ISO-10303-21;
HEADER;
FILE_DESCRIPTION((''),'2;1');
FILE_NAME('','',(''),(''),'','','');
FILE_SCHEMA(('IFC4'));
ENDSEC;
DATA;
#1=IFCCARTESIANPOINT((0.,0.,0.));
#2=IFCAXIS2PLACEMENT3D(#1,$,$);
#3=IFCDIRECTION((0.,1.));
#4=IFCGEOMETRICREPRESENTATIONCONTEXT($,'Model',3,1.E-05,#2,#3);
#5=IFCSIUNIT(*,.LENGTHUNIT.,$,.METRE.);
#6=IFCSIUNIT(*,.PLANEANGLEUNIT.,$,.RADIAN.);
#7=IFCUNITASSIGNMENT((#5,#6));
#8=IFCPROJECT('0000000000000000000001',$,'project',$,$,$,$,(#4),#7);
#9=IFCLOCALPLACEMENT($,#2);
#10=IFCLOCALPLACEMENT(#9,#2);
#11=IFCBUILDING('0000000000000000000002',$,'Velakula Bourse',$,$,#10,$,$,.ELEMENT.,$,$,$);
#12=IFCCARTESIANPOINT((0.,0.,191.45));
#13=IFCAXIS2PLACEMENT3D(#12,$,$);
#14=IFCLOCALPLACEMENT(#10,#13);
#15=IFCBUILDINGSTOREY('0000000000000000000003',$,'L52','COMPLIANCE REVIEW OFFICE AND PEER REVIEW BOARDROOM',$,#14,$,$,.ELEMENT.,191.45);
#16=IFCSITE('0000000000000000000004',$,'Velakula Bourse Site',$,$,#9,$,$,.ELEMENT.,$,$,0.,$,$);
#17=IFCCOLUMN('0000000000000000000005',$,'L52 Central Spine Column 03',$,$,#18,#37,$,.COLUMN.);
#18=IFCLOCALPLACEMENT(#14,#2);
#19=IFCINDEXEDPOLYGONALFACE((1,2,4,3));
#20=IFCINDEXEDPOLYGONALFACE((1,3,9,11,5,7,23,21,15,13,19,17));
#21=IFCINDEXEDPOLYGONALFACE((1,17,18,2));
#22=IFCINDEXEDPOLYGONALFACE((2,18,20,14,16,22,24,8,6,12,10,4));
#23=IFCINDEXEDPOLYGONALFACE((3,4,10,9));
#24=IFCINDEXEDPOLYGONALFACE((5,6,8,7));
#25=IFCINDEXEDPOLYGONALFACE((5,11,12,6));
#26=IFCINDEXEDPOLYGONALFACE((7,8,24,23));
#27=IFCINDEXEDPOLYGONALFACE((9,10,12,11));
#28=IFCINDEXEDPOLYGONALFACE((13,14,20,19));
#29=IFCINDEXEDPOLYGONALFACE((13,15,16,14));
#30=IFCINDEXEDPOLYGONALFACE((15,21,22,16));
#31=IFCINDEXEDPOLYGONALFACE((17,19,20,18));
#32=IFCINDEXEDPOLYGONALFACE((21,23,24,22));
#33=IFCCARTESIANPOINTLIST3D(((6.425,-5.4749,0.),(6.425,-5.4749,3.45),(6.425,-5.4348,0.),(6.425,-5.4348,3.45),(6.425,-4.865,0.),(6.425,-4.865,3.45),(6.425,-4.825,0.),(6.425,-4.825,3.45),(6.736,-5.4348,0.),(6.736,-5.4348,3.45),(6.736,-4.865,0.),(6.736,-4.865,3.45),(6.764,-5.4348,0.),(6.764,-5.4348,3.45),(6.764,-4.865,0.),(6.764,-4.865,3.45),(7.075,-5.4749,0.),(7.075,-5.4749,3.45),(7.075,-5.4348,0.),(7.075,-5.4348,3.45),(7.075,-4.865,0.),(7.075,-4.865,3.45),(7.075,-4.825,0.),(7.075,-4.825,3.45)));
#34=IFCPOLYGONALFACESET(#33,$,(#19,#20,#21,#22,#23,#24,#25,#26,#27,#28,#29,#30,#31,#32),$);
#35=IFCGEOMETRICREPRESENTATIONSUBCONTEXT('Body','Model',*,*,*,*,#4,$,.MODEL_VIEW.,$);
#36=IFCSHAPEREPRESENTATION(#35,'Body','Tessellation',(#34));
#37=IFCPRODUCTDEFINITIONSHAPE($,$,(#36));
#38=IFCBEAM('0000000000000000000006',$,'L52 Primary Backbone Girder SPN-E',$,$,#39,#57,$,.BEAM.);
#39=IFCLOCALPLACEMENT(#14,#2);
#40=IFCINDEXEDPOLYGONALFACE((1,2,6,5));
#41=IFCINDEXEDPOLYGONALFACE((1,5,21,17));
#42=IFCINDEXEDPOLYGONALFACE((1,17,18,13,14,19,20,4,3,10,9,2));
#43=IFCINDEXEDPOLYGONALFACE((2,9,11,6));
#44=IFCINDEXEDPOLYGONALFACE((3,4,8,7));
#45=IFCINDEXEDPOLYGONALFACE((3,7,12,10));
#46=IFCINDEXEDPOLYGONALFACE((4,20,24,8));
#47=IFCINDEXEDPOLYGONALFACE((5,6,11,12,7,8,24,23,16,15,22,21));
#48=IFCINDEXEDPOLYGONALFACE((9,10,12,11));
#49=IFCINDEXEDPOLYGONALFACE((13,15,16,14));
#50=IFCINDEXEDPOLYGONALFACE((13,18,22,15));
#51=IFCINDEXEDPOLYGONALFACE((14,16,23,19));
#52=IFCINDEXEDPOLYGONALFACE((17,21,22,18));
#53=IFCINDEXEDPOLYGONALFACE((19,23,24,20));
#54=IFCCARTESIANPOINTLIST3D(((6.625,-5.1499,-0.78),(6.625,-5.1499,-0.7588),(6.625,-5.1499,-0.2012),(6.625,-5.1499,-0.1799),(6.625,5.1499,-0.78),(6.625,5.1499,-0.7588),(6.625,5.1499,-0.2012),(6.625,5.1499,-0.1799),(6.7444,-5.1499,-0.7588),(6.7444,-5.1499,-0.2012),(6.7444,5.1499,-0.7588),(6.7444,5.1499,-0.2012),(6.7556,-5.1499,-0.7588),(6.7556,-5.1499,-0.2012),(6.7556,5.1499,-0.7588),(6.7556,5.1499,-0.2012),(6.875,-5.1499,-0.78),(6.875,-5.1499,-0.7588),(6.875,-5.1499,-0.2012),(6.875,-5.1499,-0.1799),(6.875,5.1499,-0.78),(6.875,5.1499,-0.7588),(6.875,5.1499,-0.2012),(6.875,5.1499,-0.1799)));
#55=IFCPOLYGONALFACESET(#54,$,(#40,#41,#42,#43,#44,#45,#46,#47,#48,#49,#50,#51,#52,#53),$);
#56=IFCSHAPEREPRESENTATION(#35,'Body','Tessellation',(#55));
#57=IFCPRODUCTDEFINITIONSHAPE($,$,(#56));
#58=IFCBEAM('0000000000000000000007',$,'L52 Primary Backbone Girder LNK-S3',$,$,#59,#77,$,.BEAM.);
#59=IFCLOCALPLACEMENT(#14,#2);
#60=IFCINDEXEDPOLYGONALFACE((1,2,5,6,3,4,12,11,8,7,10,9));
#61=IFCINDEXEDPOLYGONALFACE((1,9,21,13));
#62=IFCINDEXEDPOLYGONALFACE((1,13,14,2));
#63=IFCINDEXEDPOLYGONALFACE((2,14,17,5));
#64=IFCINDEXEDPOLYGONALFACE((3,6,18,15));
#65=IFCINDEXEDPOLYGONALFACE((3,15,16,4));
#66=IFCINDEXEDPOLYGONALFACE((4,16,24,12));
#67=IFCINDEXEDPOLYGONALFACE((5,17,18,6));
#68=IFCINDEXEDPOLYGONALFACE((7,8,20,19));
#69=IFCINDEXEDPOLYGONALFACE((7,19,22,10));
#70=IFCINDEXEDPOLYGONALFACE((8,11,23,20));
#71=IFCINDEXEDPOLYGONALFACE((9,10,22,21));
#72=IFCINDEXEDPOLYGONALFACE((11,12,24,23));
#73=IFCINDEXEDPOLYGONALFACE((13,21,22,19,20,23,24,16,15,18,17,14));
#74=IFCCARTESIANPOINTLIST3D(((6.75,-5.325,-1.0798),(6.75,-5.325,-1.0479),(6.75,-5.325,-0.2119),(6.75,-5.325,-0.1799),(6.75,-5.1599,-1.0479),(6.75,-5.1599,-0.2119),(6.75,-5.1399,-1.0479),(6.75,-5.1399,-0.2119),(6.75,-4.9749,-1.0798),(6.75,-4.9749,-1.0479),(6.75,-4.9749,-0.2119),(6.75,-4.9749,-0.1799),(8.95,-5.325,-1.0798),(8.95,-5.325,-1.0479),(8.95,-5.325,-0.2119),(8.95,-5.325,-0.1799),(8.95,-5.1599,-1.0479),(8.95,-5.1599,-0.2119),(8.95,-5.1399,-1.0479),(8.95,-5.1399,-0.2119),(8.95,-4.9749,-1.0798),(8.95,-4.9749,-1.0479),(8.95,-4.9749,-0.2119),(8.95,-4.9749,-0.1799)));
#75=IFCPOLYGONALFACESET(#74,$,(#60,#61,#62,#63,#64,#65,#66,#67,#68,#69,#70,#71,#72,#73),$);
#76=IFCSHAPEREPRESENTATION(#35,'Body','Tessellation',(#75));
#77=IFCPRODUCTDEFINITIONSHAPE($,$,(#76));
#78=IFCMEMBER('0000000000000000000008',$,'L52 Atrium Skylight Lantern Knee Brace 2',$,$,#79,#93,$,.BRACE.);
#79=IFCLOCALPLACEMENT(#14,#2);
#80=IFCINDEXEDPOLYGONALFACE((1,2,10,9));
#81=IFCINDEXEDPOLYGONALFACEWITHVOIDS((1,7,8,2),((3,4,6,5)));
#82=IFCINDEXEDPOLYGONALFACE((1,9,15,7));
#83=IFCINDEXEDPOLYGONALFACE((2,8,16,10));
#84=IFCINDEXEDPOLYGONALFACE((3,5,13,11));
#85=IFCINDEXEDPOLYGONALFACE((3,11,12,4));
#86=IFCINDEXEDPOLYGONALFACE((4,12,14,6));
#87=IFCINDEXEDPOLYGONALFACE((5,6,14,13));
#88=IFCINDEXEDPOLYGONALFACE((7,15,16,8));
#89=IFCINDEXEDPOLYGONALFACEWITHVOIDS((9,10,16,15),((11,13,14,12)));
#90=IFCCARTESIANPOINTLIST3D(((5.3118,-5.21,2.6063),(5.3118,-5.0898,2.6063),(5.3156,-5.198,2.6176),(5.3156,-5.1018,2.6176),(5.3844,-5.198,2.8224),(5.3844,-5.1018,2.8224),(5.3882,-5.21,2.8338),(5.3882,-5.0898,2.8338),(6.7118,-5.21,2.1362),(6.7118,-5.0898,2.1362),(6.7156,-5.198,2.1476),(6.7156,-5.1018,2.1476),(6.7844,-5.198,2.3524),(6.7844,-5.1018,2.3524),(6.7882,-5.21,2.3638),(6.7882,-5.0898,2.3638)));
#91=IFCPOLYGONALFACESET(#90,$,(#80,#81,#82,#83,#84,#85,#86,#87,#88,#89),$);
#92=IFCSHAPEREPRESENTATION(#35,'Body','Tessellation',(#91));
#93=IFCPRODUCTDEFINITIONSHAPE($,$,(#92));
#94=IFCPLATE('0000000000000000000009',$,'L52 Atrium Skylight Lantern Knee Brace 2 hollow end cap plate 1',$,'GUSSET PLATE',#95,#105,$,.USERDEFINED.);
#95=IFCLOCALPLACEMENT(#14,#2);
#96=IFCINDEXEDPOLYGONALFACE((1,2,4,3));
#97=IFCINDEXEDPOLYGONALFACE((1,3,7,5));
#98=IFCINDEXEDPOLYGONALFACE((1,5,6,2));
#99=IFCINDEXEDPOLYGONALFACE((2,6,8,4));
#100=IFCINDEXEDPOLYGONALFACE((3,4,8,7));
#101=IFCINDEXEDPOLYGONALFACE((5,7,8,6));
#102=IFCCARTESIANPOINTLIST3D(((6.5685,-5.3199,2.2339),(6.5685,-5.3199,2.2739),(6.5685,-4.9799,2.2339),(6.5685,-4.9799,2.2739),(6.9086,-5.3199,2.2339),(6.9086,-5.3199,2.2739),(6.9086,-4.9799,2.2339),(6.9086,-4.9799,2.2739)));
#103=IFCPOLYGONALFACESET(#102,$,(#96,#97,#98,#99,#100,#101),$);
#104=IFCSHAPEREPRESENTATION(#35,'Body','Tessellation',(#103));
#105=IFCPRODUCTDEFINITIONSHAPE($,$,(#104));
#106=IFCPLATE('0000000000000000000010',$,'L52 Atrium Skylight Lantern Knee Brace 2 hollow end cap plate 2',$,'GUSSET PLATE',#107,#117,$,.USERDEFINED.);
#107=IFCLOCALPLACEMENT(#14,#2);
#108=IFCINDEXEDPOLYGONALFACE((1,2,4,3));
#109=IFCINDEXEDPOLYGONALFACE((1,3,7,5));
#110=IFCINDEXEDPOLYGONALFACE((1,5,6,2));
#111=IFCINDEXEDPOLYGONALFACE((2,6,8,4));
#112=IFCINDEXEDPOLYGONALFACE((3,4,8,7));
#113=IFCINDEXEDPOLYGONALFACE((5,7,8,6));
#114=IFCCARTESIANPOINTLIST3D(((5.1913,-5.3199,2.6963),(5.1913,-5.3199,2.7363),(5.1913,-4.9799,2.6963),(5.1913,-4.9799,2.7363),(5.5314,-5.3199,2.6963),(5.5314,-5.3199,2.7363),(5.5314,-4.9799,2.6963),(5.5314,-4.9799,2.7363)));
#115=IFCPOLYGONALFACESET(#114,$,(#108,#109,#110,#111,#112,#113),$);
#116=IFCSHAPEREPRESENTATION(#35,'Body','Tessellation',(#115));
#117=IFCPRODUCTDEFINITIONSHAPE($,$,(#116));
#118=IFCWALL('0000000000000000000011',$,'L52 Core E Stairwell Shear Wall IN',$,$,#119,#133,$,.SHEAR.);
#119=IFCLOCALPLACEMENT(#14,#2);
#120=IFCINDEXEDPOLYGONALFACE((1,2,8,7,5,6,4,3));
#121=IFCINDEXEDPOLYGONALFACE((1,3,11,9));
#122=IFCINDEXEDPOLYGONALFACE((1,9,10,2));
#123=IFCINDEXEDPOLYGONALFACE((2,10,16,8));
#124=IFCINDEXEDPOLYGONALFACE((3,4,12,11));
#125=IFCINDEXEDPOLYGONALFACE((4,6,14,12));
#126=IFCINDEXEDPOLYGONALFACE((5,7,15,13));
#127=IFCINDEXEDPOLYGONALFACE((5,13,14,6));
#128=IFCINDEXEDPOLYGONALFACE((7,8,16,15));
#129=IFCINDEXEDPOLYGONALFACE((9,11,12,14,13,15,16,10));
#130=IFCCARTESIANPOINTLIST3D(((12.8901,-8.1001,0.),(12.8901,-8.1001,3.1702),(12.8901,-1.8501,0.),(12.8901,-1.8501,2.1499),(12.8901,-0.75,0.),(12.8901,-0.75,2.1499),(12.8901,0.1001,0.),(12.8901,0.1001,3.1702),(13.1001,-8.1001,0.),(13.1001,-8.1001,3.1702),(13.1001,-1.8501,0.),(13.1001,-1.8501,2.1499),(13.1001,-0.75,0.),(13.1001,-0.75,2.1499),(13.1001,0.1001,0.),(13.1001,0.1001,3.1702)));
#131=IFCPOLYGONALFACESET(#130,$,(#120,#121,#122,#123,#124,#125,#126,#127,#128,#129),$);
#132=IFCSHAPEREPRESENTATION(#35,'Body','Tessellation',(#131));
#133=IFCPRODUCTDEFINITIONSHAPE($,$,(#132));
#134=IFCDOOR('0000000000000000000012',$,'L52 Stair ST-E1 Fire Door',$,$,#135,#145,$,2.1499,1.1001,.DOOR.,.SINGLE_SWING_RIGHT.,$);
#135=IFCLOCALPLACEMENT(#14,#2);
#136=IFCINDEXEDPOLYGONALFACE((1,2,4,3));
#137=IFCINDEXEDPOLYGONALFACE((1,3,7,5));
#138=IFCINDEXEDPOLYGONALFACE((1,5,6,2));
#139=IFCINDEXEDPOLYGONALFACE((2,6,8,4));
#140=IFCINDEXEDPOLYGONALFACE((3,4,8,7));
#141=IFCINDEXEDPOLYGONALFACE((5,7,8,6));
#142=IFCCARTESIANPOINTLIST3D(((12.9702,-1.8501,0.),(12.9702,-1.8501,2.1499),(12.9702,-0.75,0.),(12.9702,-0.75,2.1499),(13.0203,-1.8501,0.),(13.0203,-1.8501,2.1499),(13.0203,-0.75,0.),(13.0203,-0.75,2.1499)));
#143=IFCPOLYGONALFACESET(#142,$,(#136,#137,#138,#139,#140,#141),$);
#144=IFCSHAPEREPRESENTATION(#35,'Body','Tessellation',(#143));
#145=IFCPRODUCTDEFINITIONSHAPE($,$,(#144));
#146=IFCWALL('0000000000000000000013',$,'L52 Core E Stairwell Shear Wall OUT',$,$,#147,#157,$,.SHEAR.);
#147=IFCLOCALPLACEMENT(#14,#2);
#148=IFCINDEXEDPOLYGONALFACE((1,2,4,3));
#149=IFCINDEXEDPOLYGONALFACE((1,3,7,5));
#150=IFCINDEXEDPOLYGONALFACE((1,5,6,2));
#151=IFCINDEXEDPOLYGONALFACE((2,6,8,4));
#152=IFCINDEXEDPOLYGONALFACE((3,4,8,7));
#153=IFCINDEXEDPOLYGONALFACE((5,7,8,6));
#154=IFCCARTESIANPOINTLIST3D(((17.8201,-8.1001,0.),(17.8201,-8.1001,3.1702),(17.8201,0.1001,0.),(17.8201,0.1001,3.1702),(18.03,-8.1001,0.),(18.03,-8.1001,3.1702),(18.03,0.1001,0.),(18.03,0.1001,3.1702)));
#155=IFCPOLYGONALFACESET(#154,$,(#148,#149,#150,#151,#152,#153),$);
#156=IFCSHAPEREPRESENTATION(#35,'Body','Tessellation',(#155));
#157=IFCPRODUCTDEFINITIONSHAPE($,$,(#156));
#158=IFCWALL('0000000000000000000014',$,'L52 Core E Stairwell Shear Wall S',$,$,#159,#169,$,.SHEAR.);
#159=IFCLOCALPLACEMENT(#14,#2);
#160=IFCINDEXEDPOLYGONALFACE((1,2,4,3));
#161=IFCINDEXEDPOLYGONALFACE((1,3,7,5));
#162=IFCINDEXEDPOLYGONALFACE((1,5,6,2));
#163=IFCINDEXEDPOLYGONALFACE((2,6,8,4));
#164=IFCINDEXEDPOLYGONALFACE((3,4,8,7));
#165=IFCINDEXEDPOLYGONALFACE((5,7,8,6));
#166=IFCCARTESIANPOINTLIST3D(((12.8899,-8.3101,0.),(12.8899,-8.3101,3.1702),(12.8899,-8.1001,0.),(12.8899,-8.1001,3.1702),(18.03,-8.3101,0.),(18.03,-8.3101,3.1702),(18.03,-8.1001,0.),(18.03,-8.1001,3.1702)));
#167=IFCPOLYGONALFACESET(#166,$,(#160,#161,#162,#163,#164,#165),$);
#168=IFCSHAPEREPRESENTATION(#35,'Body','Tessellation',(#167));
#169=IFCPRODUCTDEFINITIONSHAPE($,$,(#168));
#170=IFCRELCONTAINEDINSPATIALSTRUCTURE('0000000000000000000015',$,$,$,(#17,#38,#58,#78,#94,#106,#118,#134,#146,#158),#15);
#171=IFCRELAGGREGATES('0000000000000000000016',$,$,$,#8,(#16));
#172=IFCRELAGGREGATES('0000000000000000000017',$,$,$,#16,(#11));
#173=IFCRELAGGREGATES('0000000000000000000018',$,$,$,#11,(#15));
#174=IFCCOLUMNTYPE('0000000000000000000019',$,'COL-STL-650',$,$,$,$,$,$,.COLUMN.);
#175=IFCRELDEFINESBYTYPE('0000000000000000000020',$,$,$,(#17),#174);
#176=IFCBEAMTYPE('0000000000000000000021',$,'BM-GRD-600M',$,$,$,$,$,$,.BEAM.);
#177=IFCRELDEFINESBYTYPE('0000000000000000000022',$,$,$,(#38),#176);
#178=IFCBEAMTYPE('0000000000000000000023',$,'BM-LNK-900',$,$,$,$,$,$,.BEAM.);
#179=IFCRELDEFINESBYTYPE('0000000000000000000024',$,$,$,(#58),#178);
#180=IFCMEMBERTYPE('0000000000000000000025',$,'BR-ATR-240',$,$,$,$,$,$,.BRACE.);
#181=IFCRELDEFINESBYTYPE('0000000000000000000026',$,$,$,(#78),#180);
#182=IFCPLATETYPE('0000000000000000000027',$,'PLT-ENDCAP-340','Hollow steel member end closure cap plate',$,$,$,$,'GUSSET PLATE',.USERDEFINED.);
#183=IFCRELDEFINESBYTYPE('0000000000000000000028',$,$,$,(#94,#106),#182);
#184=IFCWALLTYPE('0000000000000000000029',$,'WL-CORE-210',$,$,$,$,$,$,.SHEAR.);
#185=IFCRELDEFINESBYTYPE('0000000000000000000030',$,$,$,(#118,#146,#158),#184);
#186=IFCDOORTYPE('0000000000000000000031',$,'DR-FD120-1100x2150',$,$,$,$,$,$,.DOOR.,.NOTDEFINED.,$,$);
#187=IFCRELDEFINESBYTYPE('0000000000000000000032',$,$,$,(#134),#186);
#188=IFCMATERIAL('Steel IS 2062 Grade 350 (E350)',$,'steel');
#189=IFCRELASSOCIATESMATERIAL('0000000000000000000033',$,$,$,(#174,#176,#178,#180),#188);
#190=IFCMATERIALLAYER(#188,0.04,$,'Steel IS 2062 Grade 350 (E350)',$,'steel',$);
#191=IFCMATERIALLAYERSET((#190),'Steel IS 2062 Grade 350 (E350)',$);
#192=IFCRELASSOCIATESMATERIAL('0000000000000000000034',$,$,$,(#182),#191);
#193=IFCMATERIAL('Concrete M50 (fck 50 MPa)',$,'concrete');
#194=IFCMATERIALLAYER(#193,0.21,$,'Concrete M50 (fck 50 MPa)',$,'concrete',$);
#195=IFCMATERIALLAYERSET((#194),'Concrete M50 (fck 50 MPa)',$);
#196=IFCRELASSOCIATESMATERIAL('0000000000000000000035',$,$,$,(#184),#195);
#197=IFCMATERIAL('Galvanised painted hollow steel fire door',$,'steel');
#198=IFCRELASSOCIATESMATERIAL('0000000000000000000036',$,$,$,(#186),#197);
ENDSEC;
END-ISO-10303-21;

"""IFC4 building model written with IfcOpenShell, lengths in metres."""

from ifc_helpers import new_model, si_unit, direction, frame, frame_2d, origin, origin_2d, place, context, subcontext, project, spatial, rectangle, hollow_rectangle, i_section, extrude, material, layer, layer_set, material_profile, profile_set, type_object, element, fill, save


model = new_model("IFC4")

# Units and contexts
model_context = context("Model", 3, precision=1e-05, world=origin(), true_north=direction((0.0, 1.0)))
body_context = subcontext(model_context, "Body", "Model", "MODEL_VIEW")
ifc_project = project(units=[si_unit("LENGTHUNIT", "METRE"), si_unit("PLANEANGLEUNIT", "RADIAN")], contexts=[model_context])

# Site, building, storey
site_placement = place(None, origin())
site = spatial("IfcSite", under=ifc_project, at=site_placement, Name="Velakula Bourse Site", CompositionType="ELEMENT", RefElevation=0.0)
building_placement = place(site_placement, origin())
building = spatial("IfcBuilding", under=site, at=building_placement, Name="Velakula Bourse", CompositionType="ELEMENT")
storey_placement = place(building_placement, frame((0.0, 0.0, 191.45)))
storey = spatial("IfcBuildingStorey", under=building, at=storey_placement, Name="L52", Description="COMPLIANCE REVIEW OFFICE AND PEER REVIEW BOARDROOM", CompositionType="ELEMENT", Elevation=191.45)

# Column
ifc_material_1 = material(Name="Steel IS 2062 Grade 350 (E350)", Category="steel")
ifc_material_profile_1 = material_profile(ifc_material_1, i_section(OverallWidth=0.6499, OverallDepth=0.6499, WebThickness=0.0281, FlangeThickness=0.04, at=origin_2d()), Name="Steel IS 2062 Grade 350 (E350)")
ifc_profile_set_1 = profile_set([ifc_material_profile_1], Name="Steel IS 2062 Grade 350 (E350)")
column_type = type_object("IfcColumnType", Name="COL-STL-650", PredefinedType="COLUMN", material=ifc_profile_set_1)
column_placement = place(storey_placement, frame((6.75, -5.1499, 0.0), z_axis=(0.0, 0.0, 1.0), x_axis=(1.0, 0.0, 0.0)))
element("IfcColumn", 1, at=column_placement, inside=storey, type_object=column_type, Name="L52 Central Spine Column 03", PredefinedType="COLUMN", context=body_context, shape_type="SweptSolid", body=[
    extrude(i_section(OverallWidth=0.6499, OverallDepth=0.6499, WebThickness=0.0281, FlangeThickness=0.04, at=origin_2d()), origin(), (0.0, 0.0, 1.0), 3.45),
])

# Beams
ifc_material_profile_2 = material_profile(ifc_material_1, i_section(OverallWidth=0.25, OverallDepth=0.6001, WebThickness=0.0112, FlangeThickness=0.0212, at=origin_2d()), Name="Steel IS 2062 Grade 350 (E350)")
ifc_profile_set_2 = profile_set([ifc_material_profile_2], Name="Steel IS 2062 Grade 350 (E350)")
beam_type_1 = type_object("IfcBeamType", Name="BM-GRD-600M", PredefinedType="BEAM", material=ifc_profile_set_2)
beam_1_placement = place(storey_placement, frame((6.75, -5.1499, -0.48), z_axis=(0.0, 1.0, 0.0), x_axis=(-1.0, 0.0, 0.0)))
element("IfcBeam", 2, at=beam_1_placement, inside=storey, type_object=beam_type_1, Name="L52 Primary Backbone Girder SPN-E", PredefinedType="BEAM", context=body_context, shape_type="SweptSolid", body=[
    extrude(i_section(OverallWidth=0.25, OverallDepth=0.6001, WebThickness=0.0112, FlangeThickness=0.0212, at=origin_2d()), origin(), (0.0, 0.0, 1.0), 10.2998),
])
ifc_material_profile_3 = material_profile(ifc_material_1, i_section(OverallWidth=0.3501, OverallDepth=0.8999, WebThickness=0.02, FlangeThickness=0.032, at=origin_2d()), Name="Steel IS 2062 Grade 350 (E350)")
ifc_profile_set_3 = profile_set([ifc_material_profile_3], Name="Steel IS 2062 Grade 350 (E350)")
beam_type_2 = type_object("IfcBeamType", Name="BM-LNK-900", PredefinedType="BEAM", material=ifc_profile_set_3)
beam_2_placement = place(storey_placement, frame((6.75, -5.1499, -0.6299), z_axis=(1.0, 0.0, 0.0), x_axis=(0.0, 1.0, 0.0)))
element("IfcBeam", 3, at=beam_2_placement, inside=storey, type_object=beam_type_2, Name="L52 Primary Backbone Girder LNK-S3", PredefinedType="BEAM", context=body_context, shape_type="SweptSolid", body=[
    extrude(i_section(OverallWidth=0.3501, OverallDepth=0.8999, WebThickness=0.02, FlangeThickness=0.032, at=origin_2d()), origin(), (0.0, 0.0, 1.0), 2.2),
])

# Member
ifc_material_profile_4 = material_profile(ifc_material_1, hollow_rectangle(XDim=0.1201, YDim=0.24, WallThickness=0.012, at=origin_2d()), Name="Steel IS 2062 Grade 350 (E350)")
ifc_profile_set_4 = profile_set([ifc_material_profile_4], Name="Steel IS 2062 Grade 350 (E350)")
member_type = type_object("IfcMemberType", Name="BR-ATR-240", PredefinedType="BRACE", material=ifc_profile_set_4)
member_placement = place(storey_placement, frame((6.75, -5.1499, 2.25), z_axis=(-0.948003, 0.0, 0.318261), x_axis=(0.0, -1.0, 0.0)))
element("IfcMember", 4, at=member_placement, inside=storey, type_object=member_type, Name="L52 Atrium Skylight Lantern Knee Brace 2", PredefinedType="BRACE", context=body_context, shape_type="SweptSolid", body=[
    extrude(hollow_rectangle(XDim=0.1201, YDim=0.24, WallThickness=0.012, at=origin_2d()), origin(), (0.0, 0.0, 1.0), 1.4768),
])

# Plates
ifc_layer_1 = layer(ifc_material_1, 0.04, Name="Steel IS 2062 Grade 350 (E350)", Category="steel")
ifc_layer_set_1 = layer_set([ifc_layer_1], Name="Steel IS 2062 Grade 350 (E350)")
plate_type = type_object("IfcPlateType", Name="PLT-ENDCAP-340", Description="Hollow steel member end closure cap plate", ElementType="GUSSET PLATE", PredefinedType="USERDEFINED", material=ifc_layer_set_1)
for number, where, z_axis, x_axis, name in (
    (5, (6.7385, -5.1499, 2.2339), (0.0, 0.0, 1.0), (-1.0, 0.0, 0.0), "L52 Atrium Skylight Lantern Knee Brace 2 hollow end cap plate 1"),
    (6, (5.3613, -5.1499, 2.6963), (0.0, 0.0, 1.0), (-1.0, 0.0, 0.0), "L52 Atrium Skylight Lantern Knee Brace 2 hollow end cap plate 2"),
):
    element("IfcPlate", number, at=place(storey_placement, frame(where, z_axis=z_axis, x_axis=x_axis)), inside=storey, type_object=plate_type, Name=name, ObjectType="GUSSET PLATE", PredefinedType="USERDEFINED", context=body_context, shape_type="SweptSolid", body=[
        extrude(rectangle(XDim=0.3401, YDim=0.3401, at=origin_2d()), origin(), (0.0, 0.0, 1.0), 0.04),
    ])

# Wall, opening, door
ifc_material_2 = material(Name="Concrete M50 (fck 50 MPa)", Category="concrete")
ifc_layer_2 = layer(ifc_material_2, 0.21, Name="Concrete M50 (fck 50 MPa)", Category="concrete")
ifc_layer_set_2 = layer_set([ifc_layer_2], Name="Concrete M50 (fck 50 MPa)")
wall_type_1 = type_object("IfcWallType", Name="WL-CORE-210", PredefinedType="SHEAR", material=ifc_layer_set_2)
wall_1_placement = place(storey_placement, frame((12.9951, -8.1001, 0.0), z_axis=(0.0, 0.0, 1.0), x_axis=(0.0, 1.0, 0.0)))
wall_1 = element("IfcWall", 7, at=wall_1_placement, inside=storey, type_object=wall_type_1, Name="L52 Core E Stairwell Shear Wall IN", PredefinedType="SHEAR", context=body_context, shape_type="SweptSolid", body=[
    extrude(rectangle(XDim=8.2002, YDim=0.21, at=frame_2d((4.1001, 0.0))), origin(), (0.0, 0.0, 1.0), 3.1702),
])
opening_1_placement = place(wall_1_placement, frame((6.25, 0.0, 0.0)))
opening_1 = element("IfcOpeningElement", 8, at=opening_1_placement, cuts=wall_1, PredefinedType="OPENING", context=body_context, shape_type="SweptSolid", body=[
    extrude(rectangle(XDim=1.1001, YDim=2.1499, at=frame_2d((0.55, 1.075))), frame((0.0, 0.115, 0.0), z_axis=(0.0, -1.0, 0.0), x_axis=(1.0, 0.0, 0.0)), (0.0, 0.0, 1.0), 0.23),
])
ifc_material_3 = material(Name="Galvanised painted hollow steel fire door", Category="steel")
door_type_1 = type_object("IfcDoorType", Name="DR-FD120-1100x2150", OperationType="NOTDEFINED", PredefinedType="DOOR", material=ifc_material_3)
door_1_placement = place(opening_1_placement, origin())
door_1 = element("IfcDoor", 9, at=door_1_placement, inside=storey, type_object=door_type_1, Name="L52 Stair ST-E1 Fire Door", OperationType="SINGLE_SWING_RIGHT", OverallHeight=2.1499, OverallWidth=1.1001, PredefinedType="DOOR", context=body_context, shape_type="SweptSolid", body=[
    extrude(rectangle(XDim=1.1001, YDim=2.1499, at=frame_2d((0.55, 1.075))), frame((0.0, 0.0249, 0.0), z_axis=(0.0, -1.0, 0.0), x_axis=(1.0, 0.0, 0.0)), (0.0, 0.0, 1.0), 0.05),
])
fill(opening_1, door_1)

# Walls
wall_2_placement = place(storey_placement, frame((17.925, -8.1001, 0.0), z_axis=(0.0, 0.0, 1.0), x_axis=(0.0, 1.0, 0.0)))
element("IfcWall", 10, at=wall_2_placement, inside=storey, type_object=wall_type_1, Name="L52 Core E Stairwell Shear Wall OUT", PredefinedType="SHEAR", context=body_context, shape_type="SweptSolid", body=[
    extrude(rectangle(XDim=8.2002, YDim=0.21, at=frame_2d((4.1001, 0.0))), origin(), (0.0, 0.0, 1.0), 3.1702),
])
wall_3_placement = place(storey_placement, frame((12.8899, -8.2051, 0.0), z_axis=(0.0, 0.0, 1.0), x_axis=(1.0, 0.0, 0.0)))
element("IfcWall", 11, at=wall_3_placement, inside=storey, type_object=wall_type_1, Name="L52 Core E Stairwell Shear Wall S", PredefinedType="SHEAR", context=body_context, shape_type="SweptSolid", body=[
    extrude(rectangle(XDim=5.1401, YDim=0.21, at=frame_2d((2.5701, 0.0))), origin(), (0.0, 0.0, 1.0), 3.1702),
])

save(model, "model.ifc")
